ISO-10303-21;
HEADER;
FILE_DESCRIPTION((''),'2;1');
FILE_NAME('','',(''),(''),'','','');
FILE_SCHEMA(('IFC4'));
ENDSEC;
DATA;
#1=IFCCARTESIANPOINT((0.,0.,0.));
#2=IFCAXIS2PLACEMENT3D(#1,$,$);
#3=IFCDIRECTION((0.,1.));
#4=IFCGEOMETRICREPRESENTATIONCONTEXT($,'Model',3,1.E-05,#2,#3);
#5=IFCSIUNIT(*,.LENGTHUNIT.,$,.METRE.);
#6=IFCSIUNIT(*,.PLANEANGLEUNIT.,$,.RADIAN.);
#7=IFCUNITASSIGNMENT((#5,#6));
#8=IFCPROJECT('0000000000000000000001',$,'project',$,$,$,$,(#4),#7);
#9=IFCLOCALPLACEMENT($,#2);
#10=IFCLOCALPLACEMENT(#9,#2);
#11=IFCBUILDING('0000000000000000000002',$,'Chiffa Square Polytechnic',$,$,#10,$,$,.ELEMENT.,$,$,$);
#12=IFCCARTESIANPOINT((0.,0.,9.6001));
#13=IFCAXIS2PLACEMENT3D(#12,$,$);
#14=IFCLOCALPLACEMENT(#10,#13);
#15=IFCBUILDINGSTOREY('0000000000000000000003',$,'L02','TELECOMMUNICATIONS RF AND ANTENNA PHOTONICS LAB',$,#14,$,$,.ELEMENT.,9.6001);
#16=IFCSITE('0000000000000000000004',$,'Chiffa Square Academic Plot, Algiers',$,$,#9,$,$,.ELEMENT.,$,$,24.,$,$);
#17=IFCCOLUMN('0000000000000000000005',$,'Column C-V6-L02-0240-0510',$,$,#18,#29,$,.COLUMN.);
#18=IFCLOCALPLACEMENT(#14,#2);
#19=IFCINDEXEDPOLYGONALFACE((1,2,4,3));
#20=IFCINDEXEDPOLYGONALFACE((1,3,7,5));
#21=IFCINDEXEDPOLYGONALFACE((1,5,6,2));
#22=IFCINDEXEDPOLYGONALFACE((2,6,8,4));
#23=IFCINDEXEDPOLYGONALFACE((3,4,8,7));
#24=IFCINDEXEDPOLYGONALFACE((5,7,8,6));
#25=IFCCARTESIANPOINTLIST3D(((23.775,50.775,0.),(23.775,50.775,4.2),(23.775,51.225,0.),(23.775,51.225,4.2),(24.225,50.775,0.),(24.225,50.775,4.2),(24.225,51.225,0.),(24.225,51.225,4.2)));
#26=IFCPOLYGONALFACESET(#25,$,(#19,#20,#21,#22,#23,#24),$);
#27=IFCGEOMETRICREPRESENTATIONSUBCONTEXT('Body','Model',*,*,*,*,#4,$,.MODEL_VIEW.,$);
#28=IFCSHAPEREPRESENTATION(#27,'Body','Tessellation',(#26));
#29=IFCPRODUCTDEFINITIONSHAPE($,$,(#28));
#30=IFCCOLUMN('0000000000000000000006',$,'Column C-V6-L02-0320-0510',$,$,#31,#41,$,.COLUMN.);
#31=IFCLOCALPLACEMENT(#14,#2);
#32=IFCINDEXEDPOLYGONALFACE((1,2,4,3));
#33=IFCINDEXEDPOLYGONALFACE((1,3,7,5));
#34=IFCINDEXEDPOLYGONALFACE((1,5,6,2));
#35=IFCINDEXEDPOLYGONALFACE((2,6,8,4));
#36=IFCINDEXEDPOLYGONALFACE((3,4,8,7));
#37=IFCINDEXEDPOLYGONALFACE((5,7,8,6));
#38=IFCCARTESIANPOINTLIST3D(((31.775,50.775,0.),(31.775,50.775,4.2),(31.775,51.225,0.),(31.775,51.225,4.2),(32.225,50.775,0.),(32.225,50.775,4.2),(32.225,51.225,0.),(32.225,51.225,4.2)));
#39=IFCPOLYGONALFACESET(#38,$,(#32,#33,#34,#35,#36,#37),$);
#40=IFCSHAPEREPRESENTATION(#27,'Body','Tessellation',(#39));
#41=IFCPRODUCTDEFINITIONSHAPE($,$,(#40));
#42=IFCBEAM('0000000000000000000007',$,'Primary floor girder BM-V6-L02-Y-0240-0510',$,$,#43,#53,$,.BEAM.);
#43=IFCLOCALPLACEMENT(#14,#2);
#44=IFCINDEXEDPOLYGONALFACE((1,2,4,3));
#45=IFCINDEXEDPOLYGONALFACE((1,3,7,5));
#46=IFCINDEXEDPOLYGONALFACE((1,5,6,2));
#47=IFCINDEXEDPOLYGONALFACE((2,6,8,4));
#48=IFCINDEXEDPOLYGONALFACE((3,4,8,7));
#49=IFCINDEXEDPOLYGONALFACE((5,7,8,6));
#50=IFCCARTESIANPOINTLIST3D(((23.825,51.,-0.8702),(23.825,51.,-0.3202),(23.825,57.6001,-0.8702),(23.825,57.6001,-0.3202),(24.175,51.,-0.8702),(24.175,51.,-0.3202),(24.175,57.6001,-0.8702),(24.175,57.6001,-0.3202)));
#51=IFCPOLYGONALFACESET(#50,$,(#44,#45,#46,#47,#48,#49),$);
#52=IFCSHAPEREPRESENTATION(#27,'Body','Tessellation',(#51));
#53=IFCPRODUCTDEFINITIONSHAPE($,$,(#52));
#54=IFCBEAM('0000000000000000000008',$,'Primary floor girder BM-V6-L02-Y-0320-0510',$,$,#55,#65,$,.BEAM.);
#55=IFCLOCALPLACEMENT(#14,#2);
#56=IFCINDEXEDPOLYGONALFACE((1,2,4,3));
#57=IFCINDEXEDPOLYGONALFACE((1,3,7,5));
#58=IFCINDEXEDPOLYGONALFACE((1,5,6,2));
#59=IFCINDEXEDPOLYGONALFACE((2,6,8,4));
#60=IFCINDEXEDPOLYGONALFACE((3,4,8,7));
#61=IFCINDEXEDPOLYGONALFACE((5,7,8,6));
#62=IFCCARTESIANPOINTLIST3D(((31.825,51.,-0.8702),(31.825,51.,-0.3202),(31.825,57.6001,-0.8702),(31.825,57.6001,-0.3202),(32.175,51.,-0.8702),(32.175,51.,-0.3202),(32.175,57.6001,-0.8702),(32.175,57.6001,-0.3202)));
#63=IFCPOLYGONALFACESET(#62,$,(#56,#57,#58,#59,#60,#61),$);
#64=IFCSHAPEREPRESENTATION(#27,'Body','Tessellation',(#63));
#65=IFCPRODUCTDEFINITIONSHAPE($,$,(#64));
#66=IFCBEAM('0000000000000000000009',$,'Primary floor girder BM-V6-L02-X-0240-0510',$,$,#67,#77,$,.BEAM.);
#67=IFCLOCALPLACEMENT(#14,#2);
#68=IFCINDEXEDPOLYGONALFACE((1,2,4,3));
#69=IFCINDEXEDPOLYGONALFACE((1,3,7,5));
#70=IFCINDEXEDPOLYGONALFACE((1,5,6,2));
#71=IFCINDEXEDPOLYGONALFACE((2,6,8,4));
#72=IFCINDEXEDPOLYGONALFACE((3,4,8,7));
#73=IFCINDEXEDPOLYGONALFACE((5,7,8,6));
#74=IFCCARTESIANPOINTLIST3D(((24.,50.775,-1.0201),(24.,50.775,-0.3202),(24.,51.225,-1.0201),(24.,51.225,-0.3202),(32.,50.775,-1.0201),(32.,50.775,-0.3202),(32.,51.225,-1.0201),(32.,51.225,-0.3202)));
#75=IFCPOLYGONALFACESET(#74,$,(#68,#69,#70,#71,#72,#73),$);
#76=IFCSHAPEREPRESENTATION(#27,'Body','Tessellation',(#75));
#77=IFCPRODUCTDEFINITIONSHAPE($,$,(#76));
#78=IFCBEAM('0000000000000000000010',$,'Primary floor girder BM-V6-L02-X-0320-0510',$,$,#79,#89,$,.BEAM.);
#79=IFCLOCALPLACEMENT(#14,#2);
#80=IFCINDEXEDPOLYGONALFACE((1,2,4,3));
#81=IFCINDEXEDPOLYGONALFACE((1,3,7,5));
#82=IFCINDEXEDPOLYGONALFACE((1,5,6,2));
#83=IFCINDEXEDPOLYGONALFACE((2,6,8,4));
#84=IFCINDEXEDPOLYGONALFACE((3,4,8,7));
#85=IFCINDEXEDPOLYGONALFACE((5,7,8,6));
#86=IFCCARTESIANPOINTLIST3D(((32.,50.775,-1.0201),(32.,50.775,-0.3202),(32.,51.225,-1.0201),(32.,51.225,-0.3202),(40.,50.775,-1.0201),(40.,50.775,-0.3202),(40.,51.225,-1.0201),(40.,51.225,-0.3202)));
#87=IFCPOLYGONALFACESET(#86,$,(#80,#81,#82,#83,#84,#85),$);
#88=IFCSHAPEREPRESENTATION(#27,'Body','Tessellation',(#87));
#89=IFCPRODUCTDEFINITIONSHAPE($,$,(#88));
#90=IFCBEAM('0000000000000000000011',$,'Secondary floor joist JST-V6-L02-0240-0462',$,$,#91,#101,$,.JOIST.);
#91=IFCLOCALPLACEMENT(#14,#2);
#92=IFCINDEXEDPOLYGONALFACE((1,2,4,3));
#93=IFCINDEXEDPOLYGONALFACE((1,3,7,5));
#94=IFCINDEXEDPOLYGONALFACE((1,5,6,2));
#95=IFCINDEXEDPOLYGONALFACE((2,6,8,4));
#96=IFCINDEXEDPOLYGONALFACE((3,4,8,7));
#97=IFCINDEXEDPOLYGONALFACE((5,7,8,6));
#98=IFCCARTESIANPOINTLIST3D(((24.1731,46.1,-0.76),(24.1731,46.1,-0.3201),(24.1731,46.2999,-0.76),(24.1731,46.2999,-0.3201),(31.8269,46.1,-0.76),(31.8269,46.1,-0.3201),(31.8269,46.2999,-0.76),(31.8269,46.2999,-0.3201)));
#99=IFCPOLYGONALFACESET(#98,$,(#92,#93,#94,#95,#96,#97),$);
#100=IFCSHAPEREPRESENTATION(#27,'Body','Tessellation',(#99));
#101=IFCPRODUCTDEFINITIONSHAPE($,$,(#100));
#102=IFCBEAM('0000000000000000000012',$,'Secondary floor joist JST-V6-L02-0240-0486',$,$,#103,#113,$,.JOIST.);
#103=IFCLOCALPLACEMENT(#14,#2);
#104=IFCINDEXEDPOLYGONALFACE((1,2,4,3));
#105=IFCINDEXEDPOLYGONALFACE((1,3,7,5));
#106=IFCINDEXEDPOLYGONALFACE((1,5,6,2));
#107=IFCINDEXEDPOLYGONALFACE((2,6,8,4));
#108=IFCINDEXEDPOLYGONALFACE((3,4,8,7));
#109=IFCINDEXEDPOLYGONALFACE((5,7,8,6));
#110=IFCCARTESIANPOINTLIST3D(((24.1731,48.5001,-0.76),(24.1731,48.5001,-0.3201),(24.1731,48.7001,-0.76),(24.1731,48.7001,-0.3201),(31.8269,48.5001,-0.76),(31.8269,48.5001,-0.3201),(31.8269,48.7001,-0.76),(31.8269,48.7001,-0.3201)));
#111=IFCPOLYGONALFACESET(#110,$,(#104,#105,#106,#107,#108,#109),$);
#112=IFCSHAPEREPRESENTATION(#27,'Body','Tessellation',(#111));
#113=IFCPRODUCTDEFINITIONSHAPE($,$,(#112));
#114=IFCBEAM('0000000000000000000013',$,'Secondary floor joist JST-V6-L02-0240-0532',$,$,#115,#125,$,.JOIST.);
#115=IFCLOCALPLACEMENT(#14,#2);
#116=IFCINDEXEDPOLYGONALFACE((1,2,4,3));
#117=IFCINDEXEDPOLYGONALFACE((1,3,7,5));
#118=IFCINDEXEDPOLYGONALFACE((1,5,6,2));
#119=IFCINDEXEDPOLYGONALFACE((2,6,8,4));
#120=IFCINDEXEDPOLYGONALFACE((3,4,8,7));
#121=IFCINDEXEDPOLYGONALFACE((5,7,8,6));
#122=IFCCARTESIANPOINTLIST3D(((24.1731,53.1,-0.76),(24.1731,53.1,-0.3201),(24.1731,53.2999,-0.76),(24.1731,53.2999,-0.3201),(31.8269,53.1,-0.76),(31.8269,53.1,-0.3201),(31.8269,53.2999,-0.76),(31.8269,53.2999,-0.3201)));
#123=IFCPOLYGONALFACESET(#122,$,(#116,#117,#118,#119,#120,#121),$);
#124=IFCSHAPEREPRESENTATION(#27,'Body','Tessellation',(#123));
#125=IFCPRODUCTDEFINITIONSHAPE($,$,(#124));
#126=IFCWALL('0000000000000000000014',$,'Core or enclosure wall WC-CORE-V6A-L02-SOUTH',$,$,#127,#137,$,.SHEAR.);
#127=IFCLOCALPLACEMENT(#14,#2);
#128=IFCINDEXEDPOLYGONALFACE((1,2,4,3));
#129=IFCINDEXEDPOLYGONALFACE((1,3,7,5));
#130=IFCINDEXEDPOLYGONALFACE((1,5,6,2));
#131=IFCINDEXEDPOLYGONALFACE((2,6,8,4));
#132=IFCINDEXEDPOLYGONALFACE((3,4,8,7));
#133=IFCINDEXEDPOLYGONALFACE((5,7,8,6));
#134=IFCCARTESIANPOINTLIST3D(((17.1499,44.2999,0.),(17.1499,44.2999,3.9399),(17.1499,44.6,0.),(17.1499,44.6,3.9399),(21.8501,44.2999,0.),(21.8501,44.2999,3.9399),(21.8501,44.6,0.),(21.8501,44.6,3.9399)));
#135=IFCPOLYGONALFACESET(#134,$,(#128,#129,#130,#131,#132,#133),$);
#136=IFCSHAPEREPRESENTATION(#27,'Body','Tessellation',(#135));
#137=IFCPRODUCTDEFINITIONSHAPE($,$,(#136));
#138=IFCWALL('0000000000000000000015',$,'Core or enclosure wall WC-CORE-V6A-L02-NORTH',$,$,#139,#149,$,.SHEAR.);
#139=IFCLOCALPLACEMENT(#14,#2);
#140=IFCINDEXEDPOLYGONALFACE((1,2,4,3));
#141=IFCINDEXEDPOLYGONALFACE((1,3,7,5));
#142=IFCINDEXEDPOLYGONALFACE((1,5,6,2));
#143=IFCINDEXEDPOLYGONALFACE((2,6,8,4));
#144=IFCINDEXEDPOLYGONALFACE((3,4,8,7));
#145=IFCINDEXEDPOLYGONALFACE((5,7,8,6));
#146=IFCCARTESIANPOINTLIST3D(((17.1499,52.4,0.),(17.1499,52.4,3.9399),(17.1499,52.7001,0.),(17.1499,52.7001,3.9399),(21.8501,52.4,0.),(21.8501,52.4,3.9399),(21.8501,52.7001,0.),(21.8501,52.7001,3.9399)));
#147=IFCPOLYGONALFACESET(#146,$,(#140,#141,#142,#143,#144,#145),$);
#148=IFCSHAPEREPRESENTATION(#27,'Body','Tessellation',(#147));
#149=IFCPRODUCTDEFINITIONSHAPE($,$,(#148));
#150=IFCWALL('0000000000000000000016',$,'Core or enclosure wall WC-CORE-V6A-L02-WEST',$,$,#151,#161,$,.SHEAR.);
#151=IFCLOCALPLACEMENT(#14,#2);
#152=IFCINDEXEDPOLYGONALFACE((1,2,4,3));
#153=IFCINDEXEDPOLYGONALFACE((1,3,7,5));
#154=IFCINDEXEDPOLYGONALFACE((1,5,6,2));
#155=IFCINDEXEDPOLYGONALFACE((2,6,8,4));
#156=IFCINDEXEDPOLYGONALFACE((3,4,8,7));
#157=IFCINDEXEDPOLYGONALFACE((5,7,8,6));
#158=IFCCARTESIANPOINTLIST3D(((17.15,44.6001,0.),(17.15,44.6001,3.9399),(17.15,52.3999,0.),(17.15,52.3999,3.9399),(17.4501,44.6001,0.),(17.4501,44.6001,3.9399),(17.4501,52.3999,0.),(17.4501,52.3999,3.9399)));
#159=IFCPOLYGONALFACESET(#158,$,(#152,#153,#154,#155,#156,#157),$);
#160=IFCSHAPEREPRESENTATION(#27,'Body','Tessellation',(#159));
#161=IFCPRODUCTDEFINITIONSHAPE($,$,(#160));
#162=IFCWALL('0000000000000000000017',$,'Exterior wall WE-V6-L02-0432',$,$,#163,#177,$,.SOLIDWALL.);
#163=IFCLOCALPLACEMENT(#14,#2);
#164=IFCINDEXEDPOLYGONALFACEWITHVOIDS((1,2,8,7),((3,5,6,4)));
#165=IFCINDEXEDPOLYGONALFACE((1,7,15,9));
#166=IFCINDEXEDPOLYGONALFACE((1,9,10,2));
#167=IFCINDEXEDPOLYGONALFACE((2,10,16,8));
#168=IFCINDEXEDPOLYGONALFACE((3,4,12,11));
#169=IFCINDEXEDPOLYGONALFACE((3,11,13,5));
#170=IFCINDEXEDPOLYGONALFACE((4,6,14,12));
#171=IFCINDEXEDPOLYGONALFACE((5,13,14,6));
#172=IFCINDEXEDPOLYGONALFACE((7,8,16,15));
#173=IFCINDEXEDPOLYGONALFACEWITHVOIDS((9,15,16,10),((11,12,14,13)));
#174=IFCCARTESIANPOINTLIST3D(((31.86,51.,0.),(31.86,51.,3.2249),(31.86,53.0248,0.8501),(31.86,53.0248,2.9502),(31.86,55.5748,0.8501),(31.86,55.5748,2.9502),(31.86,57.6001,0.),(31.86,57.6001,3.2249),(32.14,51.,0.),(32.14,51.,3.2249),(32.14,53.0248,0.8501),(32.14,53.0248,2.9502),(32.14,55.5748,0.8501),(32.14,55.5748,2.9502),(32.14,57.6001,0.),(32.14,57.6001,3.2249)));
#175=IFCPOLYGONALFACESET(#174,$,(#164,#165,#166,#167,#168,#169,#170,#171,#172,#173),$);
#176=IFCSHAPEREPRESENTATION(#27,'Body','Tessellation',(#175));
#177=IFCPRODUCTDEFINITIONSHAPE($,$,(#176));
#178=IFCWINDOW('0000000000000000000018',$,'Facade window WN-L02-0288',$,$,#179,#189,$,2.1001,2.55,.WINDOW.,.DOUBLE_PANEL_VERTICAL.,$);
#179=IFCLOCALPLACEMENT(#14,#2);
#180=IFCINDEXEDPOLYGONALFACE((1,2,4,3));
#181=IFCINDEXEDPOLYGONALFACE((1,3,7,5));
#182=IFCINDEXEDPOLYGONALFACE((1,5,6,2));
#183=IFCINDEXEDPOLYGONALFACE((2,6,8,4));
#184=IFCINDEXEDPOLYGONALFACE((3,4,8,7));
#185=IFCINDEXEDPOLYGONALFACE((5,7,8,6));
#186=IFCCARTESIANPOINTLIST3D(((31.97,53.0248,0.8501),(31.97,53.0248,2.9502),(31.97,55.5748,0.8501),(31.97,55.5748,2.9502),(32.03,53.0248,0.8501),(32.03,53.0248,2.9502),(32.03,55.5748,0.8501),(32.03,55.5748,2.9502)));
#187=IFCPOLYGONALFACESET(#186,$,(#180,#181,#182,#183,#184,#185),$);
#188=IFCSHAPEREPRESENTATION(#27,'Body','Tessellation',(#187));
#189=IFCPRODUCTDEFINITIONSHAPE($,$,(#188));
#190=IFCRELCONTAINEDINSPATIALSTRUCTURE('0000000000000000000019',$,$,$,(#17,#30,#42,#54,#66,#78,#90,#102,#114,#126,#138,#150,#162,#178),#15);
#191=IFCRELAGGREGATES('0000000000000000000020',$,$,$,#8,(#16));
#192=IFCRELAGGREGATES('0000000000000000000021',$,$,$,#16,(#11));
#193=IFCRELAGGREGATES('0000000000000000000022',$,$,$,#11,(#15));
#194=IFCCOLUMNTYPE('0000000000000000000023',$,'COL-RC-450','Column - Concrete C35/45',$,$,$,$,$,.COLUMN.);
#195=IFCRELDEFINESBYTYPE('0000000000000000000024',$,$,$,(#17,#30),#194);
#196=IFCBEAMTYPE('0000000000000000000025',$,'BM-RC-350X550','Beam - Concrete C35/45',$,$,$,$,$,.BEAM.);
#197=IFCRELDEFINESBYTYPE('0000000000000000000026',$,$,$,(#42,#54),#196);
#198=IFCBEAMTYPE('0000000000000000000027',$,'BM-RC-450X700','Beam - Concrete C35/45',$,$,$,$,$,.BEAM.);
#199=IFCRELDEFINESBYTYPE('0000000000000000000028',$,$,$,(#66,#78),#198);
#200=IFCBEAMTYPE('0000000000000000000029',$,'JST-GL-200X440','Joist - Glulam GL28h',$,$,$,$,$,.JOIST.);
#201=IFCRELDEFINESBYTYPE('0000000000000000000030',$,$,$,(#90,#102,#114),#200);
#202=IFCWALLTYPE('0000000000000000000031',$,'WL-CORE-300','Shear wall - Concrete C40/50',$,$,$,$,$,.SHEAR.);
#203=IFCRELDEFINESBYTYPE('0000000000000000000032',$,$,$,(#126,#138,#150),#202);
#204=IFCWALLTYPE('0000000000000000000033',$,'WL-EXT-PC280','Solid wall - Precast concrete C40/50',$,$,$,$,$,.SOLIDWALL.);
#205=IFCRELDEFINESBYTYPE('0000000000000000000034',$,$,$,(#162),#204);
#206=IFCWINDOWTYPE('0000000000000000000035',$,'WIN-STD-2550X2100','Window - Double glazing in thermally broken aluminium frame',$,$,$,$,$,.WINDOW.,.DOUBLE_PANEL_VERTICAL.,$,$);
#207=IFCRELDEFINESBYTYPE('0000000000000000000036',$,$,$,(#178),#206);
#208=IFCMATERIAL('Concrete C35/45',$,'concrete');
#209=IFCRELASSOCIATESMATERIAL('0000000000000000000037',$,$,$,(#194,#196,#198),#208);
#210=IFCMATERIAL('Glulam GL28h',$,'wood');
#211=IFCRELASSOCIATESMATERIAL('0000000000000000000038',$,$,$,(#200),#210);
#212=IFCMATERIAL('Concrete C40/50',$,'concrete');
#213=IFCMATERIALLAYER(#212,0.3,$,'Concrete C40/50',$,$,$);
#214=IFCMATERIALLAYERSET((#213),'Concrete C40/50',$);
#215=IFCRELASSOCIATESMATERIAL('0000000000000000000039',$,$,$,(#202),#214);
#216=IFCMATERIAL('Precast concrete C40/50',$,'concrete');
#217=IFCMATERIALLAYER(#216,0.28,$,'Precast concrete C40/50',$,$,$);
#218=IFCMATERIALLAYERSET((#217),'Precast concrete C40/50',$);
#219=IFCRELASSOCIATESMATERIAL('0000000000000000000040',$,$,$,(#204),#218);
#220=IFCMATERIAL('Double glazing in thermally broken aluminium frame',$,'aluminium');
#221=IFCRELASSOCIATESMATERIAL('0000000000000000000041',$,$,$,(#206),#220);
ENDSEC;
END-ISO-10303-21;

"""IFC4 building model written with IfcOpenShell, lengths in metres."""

from ifc_helpers import new_model, si_unit, direction, frame, frame_2d, origin, origin_2d, place, context, subcontext, project, spatial, rectangle, extrude, material, layer, layer_set, material_profile, profile_set, type_object, element, fill, save


model = new_model("IFC4")

# Units and contexts
model_context = context("Model", 3, precision=1e-05, world=origin(), true_north=direction((0.0, 1.0)))
body_context = subcontext(model_context, "Body", "Model", "MODEL_VIEW")
ifc_project = project(units=[si_unit("LENGTHUNIT", "METRE"), si_unit("PLANEANGLEUNIT", "RADIAN")], contexts=[model_context])

# Site, building, storey
site_placement = place(None, origin())
site = spatial("IfcSite", under=ifc_project, at=site_placement, Name="Chiffa Square Academic Plot, Algiers", CompositionType="ELEMENT", RefElevation=24.0)
building_placement = place(site_placement, origin())
building = spatial("IfcBuilding", under=site, at=building_placement, Name="Chiffa Square Polytechnic", CompositionType="ELEMENT")
storey_placement = place(building_placement, frame((0.0, 0.0, 9.6001)))
storey = spatial("IfcBuildingStorey", under=building, at=storey_placement, Name="L02", Description="TELECOMMUNICATIONS RF AND ANTENNA PHOTONICS LAB", CompositionType="ELEMENT", Elevation=9.6001)

# Columns
ifc_material_1 = material(Name="Concrete C35/45", Category="concrete")
ifc_material_profile_1 = material_profile(ifc_material_1, rectangle(XDim=0.45, YDim=0.45, at=origin_2d()), Name="RC 450x450")
ifc_profile_set_1 = profile_set([ifc_material_profile_1], Name="Concrete C35/45")
column_type = type_object("IfcColumnType", Name="COL-RC-450", Description="Column - Concrete C35/45", PredefinedType="COLUMN", material=ifc_profile_set_1)
for number, where, z_axis, x_axis, name in (
    (1, (24.0, 51.0, 0.0), (0.0, 0.0, 1.0), (1.0, 0.0, 0.0), "Column C-V6-L02-0240-0510"),
    (2, (32.0, 51.0, 0.0), (0.0, 0.0, 1.0), (1.0, 0.0, 0.0), "Column C-V6-L02-0320-0510"),
):
    element("IfcColumn", number, at=place(storey_placement, frame(where, z_axis=z_axis, x_axis=x_axis)), inside=storey, type_object=column_type, Name=name, PredefinedType="COLUMN", context=body_context, shape_type="SweptSolid", body=[
        extrude(rectangle(XDim=0.45, YDim=0.45, at=origin_2d()), origin(), (0.0, 0.0, 1.0), 4.2),
    ])

# Beams
ifc_material_profile_2 = material_profile(ifc_material_1, rectangle(XDim=0.3501, YDim=0.55, at=origin_2d()), Name="RC 350x550")
ifc_profile_set_2 = profile_set([ifc_material_profile_2], Name="Concrete C35/45")
beam_type_1 = type_object("IfcBeamType", Name="BM-RC-350X550", Description="Beam - Concrete C35/45", PredefinedType="BEAM", material=ifc_profile_set_2)
for number, where, z_axis, x_axis, name in (
    (3, (24.0, 51.0, -0.5952), (0.0, 1.0, 0.0), (-1.0, 0.0, 0.0), "Primary floor girder BM-V6-L02-Y-0240-0510"),
    (4, (32.0, 51.0, -0.5952), (0.0, 1.0, 0.0), (-1.0, 0.0, 0.0), "Primary floor girder BM-V6-L02-Y-0320-0510"),
):
    element("IfcBeam", number, at=place(storey_placement, frame(where, z_axis=z_axis, x_axis=x_axis)), inside=storey, type_object=beam_type_1, Name=name, PredefinedType="BEAM", context=body_context, shape_type="SweptSolid", body=[
        extrude(rectangle(XDim=0.3501, YDim=0.55, at=origin_2d()), origin(), (0.0, 0.0, 1.0), 6.6001),
    ])
ifc_material_profile_3 = material_profile(ifc_material_1, rectangle(XDim=0.45, YDim=0.7, at=origin_2d()), Name="RC 450x700")
ifc_profile_set_3 = profile_set([ifc_material_profile_3], Name="Concrete C35/45")
beam_type_2 = type_object("IfcBeamType", Name="BM-RC-450X700", Description="Beam - Concrete C35/45", PredefinedType="BEAM", material=ifc_profile_set_3)
for number, where, z_axis, x_axis, name in (
    (5, (24.0, 51.0, -0.6702), (1.0, 0.0, 0.0), (0.0, 1.0, 0.0), "Primary floor girder BM-V6-L02-X-0240-0510"),
    (6, (32.0, 51.0, -0.6702), (1.0, 0.0, 0.0), (0.0, 1.0, 0.0), "Primary floor girder BM-V6-L02-X-0320-0510"),
):
    element("IfcBeam", number, at=place(storey_placement, frame(where, z_axis=z_axis, x_axis=x_axis)), inside=storey, type_object=beam_type_2, Name=name, PredefinedType="BEAM", context=body_context, shape_type="SweptSolid", body=[
        extrude(rectangle(XDim=0.45, YDim=0.7, at=origin_2d()), origin(), (0.0, 0.0, 1.0), 8.0),
    ])
ifc_material_2 = material(Name="Glulam GL28h", Category="wood")
ifc_material_profile_4 = material_profile(ifc_material_2, rectangle(XDim=0.2, YDim=0.4399, at=origin_2d()), Name="GL28h 200x440")
ifc_profile_set_4 = profile_set([ifc_material_profile_4], Name="Glulam GL28h")
beam_type_3 = type_object("IfcBeamType", Name="JST-GL-200X440", Description="Joist - Glulam GL28h", PredefinedType="JOIST", material=ifc_profile_set_4)
for number, where, z_axis, x_axis, name in (
    (7, (24.1731, 46.2, -0.54), (1.0, 0.0, 0.0), (0.0, 1.0, 0.0), "Secondary floor joist JST-V6-L02-0240-0462"),
    (8, (24.1731, 48.6001, -0.54), (1.0, 0.0, 0.0), (0.0, 1.0, 0.0), "Secondary floor joist JST-V6-L02-0240-0486"),
    (9, (24.1731, 53.2, -0.54), (1.0, 0.0, 0.0), (0.0, 1.0, 0.0), "Secondary floor joist JST-V6-L02-0240-0532"),
):
    element("IfcBeam", number, at=place(storey_placement, frame(where, z_axis=z_axis, x_axis=x_axis)), inside=storey, type_object=beam_type_3, Name=name, PredefinedType="JOIST", context=body_context, shape_type="SweptSolid", body=[
        extrude(rectangle(XDim=0.2, YDim=0.4399, at=origin_2d()), origin(), (0.0, 0.0, 1.0), 7.6538),
    ])

# Walls
ifc_material_3 = material(Name="Concrete C40/50", Category="concrete")
ifc_layer_1 = layer(ifc_material_3, 0.3, Name="Concrete C40/50")
ifc_layer_set_1 = layer_set([ifc_layer_1], Name="Concrete C40/50")
wall_type_1 = type_object("IfcWallType", Name="WL-CORE-300", Description="Shear wall - Concrete C40/50", PredefinedType="SHEAR", material=ifc_layer_set_1)
for number, where, z_axis, x_axis, name in (
    (10, (17.1499, 44.45, 0.0), (0.0, 0.0, 1.0), (1.0, 0.0, 0.0), "Core or enclosure wall WC-CORE-V6A-L02-SOUTH"),
    (11, (17.1499, 52.55, 0.0), (0.0, 0.0, 1.0), (1.0, 0.0, 0.0), "Core or enclosure wall WC-CORE-V6A-L02-NORTH"),
):
    element("IfcWall", number, at=place(storey_placement, frame(where, z_axis=z_axis, x_axis=x_axis)), inside=storey, type_object=wall_type_1, Name=name, PredefinedType="SHEAR", context=body_context, shape_type="SweptSolid", body=[
        extrude(rectangle(XDim=4.7002, YDim=0.3, at=frame_2d((2.3501, 0.0))), origin(), (0.0, 0.0, 1.0), 3.9399),
    ])
wall_1_placement = place(storey_placement, frame((17.3, 44.6001, 0.0), z_axis=(0.0, 0.0, 1.0), x_axis=(0.0, 1.0, 0.0)))
element("IfcWall", 12, at=wall_1_placement, inside=storey, type_object=wall_type_1, Name="Core or enclosure wall WC-CORE-V6A-L02-WEST", PredefinedType="SHEAR", context=body_context, shape_type="SweptSolid", body=[
    extrude(rectangle(XDim=7.7998, YDim=0.3, at=frame_2d((3.8999, 0.0))), origin(), (0.0, 0.0, 1.0), 3.9399),
])

# Wall, opening, window
ifc_material_4 = material(Name="Precast concrete C40/50", Category="concrete")
ifc_layer_2 = layer(ifc_material_4, 0.28, Name="Precast concrete C40/50")
ifc_layer_set_2 = layer_set([ifc_layer_2], Name="Precast concrete C40/50")
wall_type_2 = type_object("IfcWallType", Name="WL-EXT-PC280", Description="Solid wall - Precast concrete C40/50", PredefinedType="SOLIDWALL", material=ifc_layer_set_2)
wall_2_placement = place(storey_placement, frame((32.0, 51.0, 0.0), z_axis=(0.0, 0.0, 1.0), x_axis=(0.0, 1.0, 0.0)))
wall_2 = element("IfcWall", 13, at=wall_2_placement, inside=storey, type_object=wall_type_2, Name="Exterior wall WE-V6-L02-0432", PredefinedType="SOLIDWALL", context=body_context, shape_type="SweptSolid", body=[
    extrude(rectangle(XDim=6.6001, YDim=0.28, at=frame_2d((3.3, 0.0))), origin(), (0.0, 0.0, 1.0), 3.2249),
])
opening_1_placement = place(wall_2_placement, frame((2.0249, 0.0, 0.8501)))
opening_1 = element("IfcOpeningElement", 14, at=opening_1_placement, cuts=wall_2, PredefinedType="OPENING", context=body_context, shape_type="SweptSolid", body=[
    extrude(rectangle(XDim=2.55, YDim=2.1001, at=frame_2d((1.2749, 1.05))), frame((0.0, 0.1499, 0.0), z_axis=(0.0, -1.0, 0.0), x_axis=(1.0, 0.0, 0.0)), (0.0, 0.0, 1.0), 0.3),
])
ifc_material_5 = material(Name="Double glazing in thermally broken aluminium frame", Category="aluminium")
window_type = type_object("IfcWindowType", Name="WIN-STD-2550X2100", Description="Window - Double glazing in thermally broken aluminium frame", PartitioningType="DOUBLE_PANEL_VERTICAL", PredefinedType="WINDOW", material=ifc_material_5)
window_placement = place(opening_1_placement, origin())
window = element("IfcWindow", 15, at=window_placement, inside=storey, type_object=window_type, Name="Facade window WN-L02-0288", OverallHeight=2.1001, OverallWidth=2.55, PartitioningType="DOUBLE_PANEL_VERTICAL", PredefinedType="WINDOW", context=body_context, shape_type="SweptSolid", body=[
    extrude(rectangle(XDim=2.55, YDim=2.1001, at=frame_2d((1.2749, 1.05))), frame((0.0, 0.03, 0.0), z_axis=(0.0, -1.0, 0.0), x_axis=(1.0, 0.0, 0.0)), (0.0, 0.0, 1.0), 0.0601),
])
fill(opening_1, window)

save(model, "model.ifc")
